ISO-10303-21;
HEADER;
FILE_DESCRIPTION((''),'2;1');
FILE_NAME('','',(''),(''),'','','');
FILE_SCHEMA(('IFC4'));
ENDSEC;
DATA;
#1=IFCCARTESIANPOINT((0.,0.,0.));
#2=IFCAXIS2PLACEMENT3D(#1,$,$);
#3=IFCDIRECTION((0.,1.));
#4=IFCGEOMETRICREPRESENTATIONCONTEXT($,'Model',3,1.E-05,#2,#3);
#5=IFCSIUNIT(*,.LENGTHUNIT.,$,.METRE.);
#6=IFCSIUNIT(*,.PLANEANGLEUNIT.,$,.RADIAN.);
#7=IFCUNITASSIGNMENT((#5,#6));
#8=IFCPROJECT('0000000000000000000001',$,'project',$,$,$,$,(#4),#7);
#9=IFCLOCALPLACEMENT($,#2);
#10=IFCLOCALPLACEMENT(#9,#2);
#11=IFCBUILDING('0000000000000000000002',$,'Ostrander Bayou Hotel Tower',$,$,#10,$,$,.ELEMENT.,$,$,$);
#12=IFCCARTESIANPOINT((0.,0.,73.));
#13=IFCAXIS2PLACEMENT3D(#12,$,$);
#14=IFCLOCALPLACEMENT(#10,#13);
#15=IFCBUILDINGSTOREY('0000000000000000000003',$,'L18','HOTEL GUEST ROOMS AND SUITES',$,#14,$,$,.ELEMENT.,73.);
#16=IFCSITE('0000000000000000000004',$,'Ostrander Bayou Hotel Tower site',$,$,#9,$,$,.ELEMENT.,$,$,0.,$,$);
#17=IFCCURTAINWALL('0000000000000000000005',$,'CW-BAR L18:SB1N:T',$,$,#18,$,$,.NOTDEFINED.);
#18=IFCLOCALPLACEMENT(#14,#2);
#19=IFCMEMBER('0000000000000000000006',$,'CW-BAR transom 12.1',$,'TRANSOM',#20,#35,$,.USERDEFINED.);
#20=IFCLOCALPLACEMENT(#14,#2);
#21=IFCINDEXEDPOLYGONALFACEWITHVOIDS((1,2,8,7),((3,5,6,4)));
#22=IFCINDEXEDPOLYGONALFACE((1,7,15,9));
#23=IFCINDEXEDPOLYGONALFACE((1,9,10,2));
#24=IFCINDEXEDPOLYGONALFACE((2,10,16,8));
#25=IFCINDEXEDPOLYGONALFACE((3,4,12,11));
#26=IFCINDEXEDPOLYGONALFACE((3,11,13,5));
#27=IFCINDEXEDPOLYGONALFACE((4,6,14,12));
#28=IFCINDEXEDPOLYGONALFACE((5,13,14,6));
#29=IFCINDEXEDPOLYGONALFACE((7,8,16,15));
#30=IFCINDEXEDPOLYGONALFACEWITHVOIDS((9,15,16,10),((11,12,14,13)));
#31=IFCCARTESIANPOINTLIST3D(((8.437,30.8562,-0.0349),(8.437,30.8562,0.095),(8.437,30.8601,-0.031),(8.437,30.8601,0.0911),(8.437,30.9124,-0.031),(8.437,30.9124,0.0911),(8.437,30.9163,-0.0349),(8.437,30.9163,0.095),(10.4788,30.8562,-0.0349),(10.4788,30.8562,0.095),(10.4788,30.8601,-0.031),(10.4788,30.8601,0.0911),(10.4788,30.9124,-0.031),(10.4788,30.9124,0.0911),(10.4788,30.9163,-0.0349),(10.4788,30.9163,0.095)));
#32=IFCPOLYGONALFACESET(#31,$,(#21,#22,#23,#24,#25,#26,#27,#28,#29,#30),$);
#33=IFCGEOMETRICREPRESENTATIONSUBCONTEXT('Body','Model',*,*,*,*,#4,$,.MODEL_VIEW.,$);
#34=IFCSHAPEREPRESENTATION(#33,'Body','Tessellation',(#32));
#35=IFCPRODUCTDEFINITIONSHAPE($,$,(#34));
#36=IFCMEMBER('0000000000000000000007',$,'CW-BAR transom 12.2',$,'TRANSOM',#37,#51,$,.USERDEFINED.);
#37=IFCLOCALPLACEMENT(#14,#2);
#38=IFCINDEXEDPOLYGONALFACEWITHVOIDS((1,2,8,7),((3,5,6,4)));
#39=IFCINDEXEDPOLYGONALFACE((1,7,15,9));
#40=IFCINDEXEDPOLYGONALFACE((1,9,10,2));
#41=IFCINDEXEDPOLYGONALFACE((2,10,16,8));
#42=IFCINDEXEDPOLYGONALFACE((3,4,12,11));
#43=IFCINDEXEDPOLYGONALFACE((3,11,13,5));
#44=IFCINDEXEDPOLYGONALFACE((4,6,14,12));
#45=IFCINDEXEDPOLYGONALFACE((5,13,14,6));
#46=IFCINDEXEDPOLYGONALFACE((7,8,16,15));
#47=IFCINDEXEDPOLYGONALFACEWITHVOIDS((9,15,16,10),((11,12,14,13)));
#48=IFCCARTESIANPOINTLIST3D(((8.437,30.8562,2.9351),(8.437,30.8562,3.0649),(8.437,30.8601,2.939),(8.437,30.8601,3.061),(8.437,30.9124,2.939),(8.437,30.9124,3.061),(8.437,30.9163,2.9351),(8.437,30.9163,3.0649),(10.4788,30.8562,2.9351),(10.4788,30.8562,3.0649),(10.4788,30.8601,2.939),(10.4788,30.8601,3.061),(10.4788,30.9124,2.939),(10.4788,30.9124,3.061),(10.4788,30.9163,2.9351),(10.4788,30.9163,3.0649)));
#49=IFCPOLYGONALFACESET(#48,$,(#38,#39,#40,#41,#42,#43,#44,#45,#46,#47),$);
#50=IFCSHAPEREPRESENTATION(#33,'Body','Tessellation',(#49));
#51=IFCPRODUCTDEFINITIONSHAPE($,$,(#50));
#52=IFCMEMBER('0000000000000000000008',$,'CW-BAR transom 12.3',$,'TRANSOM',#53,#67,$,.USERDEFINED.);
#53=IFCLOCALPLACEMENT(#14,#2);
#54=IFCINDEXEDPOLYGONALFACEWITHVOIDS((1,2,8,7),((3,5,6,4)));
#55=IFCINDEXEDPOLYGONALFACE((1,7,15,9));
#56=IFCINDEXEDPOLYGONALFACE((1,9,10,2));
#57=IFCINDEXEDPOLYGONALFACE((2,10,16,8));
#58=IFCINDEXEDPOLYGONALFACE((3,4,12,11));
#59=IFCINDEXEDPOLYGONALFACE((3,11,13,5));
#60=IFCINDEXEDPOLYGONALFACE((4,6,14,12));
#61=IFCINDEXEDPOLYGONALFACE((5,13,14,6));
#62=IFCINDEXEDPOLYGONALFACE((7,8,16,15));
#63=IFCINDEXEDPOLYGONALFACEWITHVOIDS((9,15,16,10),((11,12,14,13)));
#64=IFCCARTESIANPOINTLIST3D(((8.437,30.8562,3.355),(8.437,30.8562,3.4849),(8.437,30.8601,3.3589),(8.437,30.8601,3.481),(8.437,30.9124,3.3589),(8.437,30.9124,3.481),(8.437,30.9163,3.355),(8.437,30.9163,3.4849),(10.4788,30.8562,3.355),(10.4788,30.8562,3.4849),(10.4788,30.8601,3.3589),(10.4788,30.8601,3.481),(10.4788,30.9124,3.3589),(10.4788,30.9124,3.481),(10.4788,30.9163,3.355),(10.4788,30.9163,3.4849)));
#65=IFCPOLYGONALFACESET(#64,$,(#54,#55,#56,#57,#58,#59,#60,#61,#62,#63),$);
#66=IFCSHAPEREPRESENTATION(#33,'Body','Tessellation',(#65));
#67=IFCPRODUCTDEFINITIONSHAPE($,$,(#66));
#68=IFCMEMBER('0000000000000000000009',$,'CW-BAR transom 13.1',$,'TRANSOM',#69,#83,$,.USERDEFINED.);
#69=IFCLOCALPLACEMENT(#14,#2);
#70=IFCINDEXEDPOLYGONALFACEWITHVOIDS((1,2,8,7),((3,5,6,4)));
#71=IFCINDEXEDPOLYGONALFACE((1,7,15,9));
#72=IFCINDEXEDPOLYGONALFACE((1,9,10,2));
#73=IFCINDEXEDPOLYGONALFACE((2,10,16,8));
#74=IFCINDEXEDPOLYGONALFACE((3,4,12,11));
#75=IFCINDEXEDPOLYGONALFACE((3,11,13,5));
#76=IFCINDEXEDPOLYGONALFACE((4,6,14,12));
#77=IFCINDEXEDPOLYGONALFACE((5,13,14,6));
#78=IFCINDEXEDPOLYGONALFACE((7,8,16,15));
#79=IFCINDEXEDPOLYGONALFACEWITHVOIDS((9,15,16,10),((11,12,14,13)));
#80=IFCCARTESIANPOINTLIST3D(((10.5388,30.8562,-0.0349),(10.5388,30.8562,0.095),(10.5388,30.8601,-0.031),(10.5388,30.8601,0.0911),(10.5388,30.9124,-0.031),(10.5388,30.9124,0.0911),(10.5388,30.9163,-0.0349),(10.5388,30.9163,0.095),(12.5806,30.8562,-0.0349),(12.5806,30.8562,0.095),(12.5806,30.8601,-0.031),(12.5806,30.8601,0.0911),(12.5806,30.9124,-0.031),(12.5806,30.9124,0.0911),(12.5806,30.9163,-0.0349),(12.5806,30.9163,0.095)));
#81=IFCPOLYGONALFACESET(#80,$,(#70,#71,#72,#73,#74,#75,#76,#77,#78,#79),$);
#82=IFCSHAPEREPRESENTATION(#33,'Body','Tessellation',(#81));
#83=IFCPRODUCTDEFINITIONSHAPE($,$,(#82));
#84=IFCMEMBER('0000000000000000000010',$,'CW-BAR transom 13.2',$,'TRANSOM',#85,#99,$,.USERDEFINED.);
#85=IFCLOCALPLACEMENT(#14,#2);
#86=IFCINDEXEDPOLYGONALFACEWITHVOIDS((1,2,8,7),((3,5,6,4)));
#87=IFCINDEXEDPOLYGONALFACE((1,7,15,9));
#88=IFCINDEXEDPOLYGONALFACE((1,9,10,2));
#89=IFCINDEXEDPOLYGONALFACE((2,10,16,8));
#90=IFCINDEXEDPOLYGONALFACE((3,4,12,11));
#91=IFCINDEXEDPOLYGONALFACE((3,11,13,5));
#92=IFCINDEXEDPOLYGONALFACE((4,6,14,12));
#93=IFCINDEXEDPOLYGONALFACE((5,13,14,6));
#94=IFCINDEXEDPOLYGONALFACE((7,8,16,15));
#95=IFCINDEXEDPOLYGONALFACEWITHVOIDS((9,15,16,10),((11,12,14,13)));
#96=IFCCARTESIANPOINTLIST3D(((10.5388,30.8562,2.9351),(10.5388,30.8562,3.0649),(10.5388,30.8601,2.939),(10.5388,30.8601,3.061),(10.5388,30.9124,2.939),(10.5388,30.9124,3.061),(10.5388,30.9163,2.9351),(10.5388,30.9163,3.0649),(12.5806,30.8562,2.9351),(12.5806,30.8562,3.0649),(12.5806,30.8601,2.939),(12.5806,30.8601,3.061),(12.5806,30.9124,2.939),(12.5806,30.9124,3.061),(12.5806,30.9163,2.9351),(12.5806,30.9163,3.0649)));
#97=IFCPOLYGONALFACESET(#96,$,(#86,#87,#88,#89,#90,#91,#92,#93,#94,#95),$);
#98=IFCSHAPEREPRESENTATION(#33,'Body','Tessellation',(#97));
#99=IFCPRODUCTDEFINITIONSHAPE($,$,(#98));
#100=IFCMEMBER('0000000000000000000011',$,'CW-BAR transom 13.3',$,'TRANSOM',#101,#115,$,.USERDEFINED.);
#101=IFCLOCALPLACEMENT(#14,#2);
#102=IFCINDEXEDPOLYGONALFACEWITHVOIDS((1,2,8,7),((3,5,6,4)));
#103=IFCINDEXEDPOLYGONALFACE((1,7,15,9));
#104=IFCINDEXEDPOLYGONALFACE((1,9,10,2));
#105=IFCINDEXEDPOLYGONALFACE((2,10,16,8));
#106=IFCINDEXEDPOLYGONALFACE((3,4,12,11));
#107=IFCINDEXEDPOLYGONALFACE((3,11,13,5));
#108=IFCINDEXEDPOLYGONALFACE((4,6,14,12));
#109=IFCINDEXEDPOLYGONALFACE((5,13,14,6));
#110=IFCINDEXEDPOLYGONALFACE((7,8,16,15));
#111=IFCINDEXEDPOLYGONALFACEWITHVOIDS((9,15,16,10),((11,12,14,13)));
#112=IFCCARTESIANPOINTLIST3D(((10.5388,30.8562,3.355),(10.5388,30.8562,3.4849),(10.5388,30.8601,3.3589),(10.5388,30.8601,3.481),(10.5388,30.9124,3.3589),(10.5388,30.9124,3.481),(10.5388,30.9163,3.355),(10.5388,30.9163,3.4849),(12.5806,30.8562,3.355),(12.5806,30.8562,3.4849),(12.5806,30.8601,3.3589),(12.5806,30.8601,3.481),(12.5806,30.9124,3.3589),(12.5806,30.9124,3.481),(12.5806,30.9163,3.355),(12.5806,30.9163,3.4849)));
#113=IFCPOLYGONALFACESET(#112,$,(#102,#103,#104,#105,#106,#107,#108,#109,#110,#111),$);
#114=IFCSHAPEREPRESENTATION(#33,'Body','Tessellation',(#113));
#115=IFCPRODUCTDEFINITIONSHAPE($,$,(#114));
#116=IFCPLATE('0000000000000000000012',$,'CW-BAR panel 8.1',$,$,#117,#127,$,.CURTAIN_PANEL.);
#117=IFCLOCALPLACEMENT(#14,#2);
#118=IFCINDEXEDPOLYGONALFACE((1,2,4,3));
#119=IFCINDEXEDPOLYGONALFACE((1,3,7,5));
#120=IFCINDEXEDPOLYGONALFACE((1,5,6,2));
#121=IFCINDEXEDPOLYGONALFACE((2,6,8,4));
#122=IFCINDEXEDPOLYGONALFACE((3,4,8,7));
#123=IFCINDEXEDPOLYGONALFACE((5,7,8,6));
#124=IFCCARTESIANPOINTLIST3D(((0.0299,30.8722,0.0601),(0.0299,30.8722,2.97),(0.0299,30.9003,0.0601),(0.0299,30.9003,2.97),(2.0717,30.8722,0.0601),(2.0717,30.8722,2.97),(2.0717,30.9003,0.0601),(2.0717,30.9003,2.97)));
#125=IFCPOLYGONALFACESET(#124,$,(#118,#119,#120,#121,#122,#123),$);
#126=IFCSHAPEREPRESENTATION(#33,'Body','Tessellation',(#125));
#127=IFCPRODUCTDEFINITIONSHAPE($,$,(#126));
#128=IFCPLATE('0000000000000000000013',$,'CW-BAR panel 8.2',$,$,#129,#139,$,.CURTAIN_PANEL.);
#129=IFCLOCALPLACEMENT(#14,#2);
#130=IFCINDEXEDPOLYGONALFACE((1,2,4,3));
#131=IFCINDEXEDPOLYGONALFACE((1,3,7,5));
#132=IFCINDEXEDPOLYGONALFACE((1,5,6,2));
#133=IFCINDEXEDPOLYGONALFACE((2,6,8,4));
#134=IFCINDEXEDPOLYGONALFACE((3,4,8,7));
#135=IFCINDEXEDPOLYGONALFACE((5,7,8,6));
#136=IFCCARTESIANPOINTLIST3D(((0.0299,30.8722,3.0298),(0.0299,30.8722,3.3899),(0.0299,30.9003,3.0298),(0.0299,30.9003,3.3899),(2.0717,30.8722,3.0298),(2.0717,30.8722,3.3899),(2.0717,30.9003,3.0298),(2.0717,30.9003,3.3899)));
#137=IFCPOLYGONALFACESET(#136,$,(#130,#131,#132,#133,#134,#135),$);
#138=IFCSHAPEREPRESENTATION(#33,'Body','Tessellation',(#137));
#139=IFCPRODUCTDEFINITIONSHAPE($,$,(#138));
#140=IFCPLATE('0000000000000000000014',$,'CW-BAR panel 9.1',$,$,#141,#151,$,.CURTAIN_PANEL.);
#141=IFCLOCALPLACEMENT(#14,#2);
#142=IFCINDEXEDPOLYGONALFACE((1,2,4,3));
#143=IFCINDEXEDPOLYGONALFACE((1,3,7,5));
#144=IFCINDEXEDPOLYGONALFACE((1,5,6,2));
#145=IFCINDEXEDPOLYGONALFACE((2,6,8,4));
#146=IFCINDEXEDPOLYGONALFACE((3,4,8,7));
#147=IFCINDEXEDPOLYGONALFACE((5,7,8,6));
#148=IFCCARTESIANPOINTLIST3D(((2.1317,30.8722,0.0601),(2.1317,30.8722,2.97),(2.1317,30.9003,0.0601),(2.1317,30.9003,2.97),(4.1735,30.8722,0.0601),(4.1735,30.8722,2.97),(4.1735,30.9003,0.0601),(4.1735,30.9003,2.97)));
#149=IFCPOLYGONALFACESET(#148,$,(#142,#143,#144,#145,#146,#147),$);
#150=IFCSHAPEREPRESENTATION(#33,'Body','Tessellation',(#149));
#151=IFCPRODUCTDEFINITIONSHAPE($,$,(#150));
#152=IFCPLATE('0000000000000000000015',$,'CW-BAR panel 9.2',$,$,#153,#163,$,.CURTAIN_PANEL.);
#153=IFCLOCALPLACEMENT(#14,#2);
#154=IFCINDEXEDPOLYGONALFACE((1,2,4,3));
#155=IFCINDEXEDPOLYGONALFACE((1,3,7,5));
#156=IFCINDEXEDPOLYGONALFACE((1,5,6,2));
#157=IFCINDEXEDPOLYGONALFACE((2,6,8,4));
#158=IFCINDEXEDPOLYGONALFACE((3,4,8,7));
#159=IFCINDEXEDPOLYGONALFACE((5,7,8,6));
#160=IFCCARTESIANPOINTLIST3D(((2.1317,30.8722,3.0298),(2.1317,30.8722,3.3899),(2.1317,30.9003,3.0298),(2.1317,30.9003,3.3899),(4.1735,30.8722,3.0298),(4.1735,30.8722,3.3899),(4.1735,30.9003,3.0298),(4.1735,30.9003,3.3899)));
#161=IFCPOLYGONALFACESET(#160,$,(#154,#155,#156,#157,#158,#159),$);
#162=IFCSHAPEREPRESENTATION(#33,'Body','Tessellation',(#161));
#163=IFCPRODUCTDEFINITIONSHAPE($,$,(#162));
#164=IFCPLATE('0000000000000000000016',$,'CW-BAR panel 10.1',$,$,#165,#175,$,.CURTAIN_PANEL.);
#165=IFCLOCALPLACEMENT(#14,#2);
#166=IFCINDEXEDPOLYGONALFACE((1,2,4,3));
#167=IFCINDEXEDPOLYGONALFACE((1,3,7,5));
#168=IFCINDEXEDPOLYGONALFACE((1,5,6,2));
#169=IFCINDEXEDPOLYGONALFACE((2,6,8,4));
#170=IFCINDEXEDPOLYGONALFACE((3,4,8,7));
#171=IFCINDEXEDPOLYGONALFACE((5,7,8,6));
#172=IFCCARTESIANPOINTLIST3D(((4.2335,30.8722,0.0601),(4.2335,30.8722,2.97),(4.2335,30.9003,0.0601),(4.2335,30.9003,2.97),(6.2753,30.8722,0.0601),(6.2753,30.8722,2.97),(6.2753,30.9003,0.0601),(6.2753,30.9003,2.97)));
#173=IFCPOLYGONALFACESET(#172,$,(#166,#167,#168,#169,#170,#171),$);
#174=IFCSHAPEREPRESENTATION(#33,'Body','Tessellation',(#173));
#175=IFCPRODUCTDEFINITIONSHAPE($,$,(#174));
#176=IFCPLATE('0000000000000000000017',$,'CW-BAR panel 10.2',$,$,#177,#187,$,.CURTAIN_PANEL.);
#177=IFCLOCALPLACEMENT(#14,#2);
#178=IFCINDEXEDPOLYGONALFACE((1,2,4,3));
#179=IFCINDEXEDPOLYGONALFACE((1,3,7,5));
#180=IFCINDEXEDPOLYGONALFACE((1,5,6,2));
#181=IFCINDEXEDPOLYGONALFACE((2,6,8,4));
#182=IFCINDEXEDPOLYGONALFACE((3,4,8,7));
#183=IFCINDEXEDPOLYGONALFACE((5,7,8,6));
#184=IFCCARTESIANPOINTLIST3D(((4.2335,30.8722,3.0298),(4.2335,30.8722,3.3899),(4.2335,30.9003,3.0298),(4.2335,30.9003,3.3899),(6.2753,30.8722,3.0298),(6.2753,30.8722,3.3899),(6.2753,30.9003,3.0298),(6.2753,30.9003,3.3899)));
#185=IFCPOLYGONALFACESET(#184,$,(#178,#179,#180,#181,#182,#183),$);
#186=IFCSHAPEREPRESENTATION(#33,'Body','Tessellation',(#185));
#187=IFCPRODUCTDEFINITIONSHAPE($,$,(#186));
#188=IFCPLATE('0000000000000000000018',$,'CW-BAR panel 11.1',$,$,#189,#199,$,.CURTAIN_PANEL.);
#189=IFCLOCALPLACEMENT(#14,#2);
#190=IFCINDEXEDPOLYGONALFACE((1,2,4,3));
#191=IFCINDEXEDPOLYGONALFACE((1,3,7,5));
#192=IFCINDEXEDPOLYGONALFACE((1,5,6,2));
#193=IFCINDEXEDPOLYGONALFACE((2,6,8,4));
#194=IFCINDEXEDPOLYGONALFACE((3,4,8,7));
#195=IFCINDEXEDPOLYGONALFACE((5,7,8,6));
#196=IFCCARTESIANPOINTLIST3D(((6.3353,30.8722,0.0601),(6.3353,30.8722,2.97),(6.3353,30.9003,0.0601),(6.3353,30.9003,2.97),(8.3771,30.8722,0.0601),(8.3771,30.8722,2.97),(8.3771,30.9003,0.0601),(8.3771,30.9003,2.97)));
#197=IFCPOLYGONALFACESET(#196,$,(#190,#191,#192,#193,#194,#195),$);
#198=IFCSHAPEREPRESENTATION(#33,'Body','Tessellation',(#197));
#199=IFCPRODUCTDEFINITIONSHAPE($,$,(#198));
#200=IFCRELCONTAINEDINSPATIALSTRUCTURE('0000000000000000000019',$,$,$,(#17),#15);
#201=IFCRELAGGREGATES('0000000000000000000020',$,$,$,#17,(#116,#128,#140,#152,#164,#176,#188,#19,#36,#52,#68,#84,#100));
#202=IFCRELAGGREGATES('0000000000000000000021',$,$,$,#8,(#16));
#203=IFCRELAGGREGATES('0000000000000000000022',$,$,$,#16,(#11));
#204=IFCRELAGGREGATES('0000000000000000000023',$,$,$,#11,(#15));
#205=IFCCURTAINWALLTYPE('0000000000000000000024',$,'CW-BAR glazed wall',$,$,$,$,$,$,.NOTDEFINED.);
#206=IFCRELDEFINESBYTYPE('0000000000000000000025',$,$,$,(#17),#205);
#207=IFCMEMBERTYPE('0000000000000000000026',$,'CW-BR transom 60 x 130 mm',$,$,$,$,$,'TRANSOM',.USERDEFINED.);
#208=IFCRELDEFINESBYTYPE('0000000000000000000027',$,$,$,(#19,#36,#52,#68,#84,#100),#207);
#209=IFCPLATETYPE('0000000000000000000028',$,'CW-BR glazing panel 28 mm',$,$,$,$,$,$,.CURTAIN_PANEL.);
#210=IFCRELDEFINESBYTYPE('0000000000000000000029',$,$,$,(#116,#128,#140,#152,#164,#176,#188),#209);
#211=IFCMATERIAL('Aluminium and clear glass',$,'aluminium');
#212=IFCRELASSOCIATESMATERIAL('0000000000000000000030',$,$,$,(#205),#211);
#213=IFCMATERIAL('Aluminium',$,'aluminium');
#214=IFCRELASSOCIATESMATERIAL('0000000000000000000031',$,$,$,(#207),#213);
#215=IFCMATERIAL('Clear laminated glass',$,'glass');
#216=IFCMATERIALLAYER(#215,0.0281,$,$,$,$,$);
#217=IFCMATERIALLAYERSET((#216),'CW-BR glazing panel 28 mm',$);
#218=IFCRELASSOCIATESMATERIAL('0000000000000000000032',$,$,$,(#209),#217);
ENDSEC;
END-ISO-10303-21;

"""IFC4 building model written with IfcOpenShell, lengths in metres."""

from ifc_helpers import new_model, si_unit, direction, frame, origin, origin_2d, place, context, subcontext, project, spatial, rectangle, hollow_rectangle, extrude, material, layer, layer_set, material_profile, profile_set, type_object, element, aggregate, save


model = new_model("IFC4")

# Units and contexts
model_context = context("Model", 3, precision=1e-05, world=origin(), true_north=direction((0.0, 1.0)))
body_context = subcontext(model_context, "Body", "Model", "MODEL_VIEW")
ifc_project = project(units=[si_unit("LENGTHUNIT", "METRE"), si_unit("PLANEANGLEUNIT", "RADIAN")], contexts=[model_context])

# Site, building, storey
site_placement = place(None, origin())
site = spatial("IfcSite", under=ifc_project, at=site_placement, Name="Ostrander Bayou Hotel Tower site", CompositionType="ELEMENT", RefElevation=0.0)
building_placement = place(site_placement, origin())
building = spatial("IfcBuilding", under=site, at=building_placement, Name="Ostrander Bayou Hotel Tower", CompositionType="ELEMENT")
storey_placement = place(building_placement, frame((0.0, 0.0, 73.0)))
storey = spatial("IfcBuildingStorey", under=building, at=storey_placement, Name="L18", Description="HOTEL GUEST ROOMS AND SUITES", CompositionType="ELEMENT", Elevation=73.0)

# Curtain wall, members, plates
ifc_material_1 = material(Name="Aluminium and clear glass", Category="aluminium")
curtain_wall_type = type_object("IfcCurtainWallType", Name="CW-BAR glazed wall", PredefinedType="NOTDEFINED", material=ifc_material_1)
curtain_wall_placement = place(storey_placement, origin())
curtain_wall = element("IfcCurtainWall", 1, at=curtain_wall_placement, inside=storey, type_object=curtain_wall_type, Name="CW-BAR L18:SB1N:T", PredefinedType="NOTDEFINED")
ifc_material_2 = material(Name="Aluminium", Category="aluminium")
ifc_material_profile_1 = material_profile(ifc_material_2, hollow_rectangle(XDim=0.0601, YDim=0.1299, WallThickness=0.0039, at=origin_2d()))
ifc_profile_set_1 = profile_set([ifc_material_profile_1], Name="Aluminium")
member_type_1 = type_object("IfcMemberType", Name="CW-BR transom 60 x 130 mm", ElementType="TRANSOM", PredefinedType="USERDEFINED", material=ifc_profile_set_1)
member_1_placement = place(storey_placement, frame((8.437, 30.8862, 0.03), z_axis=(1.0, 0.0, 0.0), x_axis=(0.0, 1.0, 0.0)))
member_1 = element("IfcMember", 2, at=member_1_placement, type_object=member_type_1, Name="CW-BAR transom 12.1", ObjectType="TRANSOM", PredefinedType="USERDEFINED", context=body_context, shape_type="SweptSolid", body=[
    extrude(hollow_rectangle(XDim=0.0601, YDim=0.1299, WallThickness=0.0039, at=origin_2d()), origin(), (0.0, 0.0, 1.0), 2.0417),
])
member_2_placement = place(storey_placement, frame((8.437, 30.8862, 3.0), z_axis=(1.0, 0.0, 0.0), x_axis=(0.0, 1.0, 0.0)))
member_2 = element("IfcMember", 3, at=member_2_placement, type_object=member_type_1, Name="CW-BAR transom 12.2", ObjectType="TRANSOM", PredefinedType="USERDEFINED", context=body_context, shape_type="SweptSolid", body=[
    extrude(hollow_rectangle(XDim=0.0601, YDim=0.1299, WallThickness=0.0039, at=origin_2d()), origin(), (0.0, 0.0, 1.0), 2.0417),
])
member_3_placement = place(storey_placement, frame((8.437, 30.8862, 3.4199), z_axis=(1.0, 0.0, 0.0), x_axis=(0.0, 1.0, 0.0)))
member_3 = element("IfcMember", 4, at=member_3_placement, type_object=member_type_1, Name="CW-BAR transom 12.3", ObjectType="TRANSOM", PredefinedType="USERDEFINED", context=body_context, shape_type="SweptSolid", body=[
    extrude(hollow_rectangle(XDim=0.0601, YDim=0.1299, WallThickness=0.0039, at=origin_2d()), origin(), (0.0, 0.0, 1.0), 2.0417),
])
member_4_placement = place(storey_placement, frame((10.5388, 30.8862, 0.03), z_axis=(1.0, 0.0, 0.0), x_axis=(0.0, 1.0, 0.0)))
member_4 = element("IfcMember", 5, at=member_4_placement, type_object=member_type_1, Name="CW-BAR transom 13.1", ObjectType="TRANSOM", PredefinedType="USERDEFINED", context=body_context, shape_type="SweptSolid", body=[
    extrude(hollow_rectangle(XDim=0.0601, YDim=0.1299, WallThickness=0.0039, at=origin_2d()), origin(), (0.0, 0.0, 1.0), 2.0417),
])
member_5_placement = place(storey_placement, frame((10.5388, 30.8862, 3.0), z_axis=(1.0, 0.0, 0.0), x_axis=(0.0, 1.0, 0.0)))
member_5 = element("IfcMember", 6, at=member_5_placement, type_object=member_type_1, Name="CW-BAR transom 13.2", ObjectType="TRANSOM", PredefinedType="USERDEFINED", context=body_context, shape_type="SweptSolid", body=[
    extrude(hollow_rectangle(XDim=0.0601, YDim=0.1299, WallThickness=0.0039, at=origin_2d()), origin(), (0.0, 0.0, 1.0), 2.0417),
])
member_6_placement = place(storey_placement, frame((10.5388, 30.8862, 3.4199), z_axis=(1.0, 0.0, 0.0), x_axis=(0.0, 1.0, 0.0)))
member_6 = element("IfcMember", 7, at=member_6_placement, type_object=member_type_1, Name="CW-BAR transom 13.3", ObjectType="TRANSOM", PredefinedType="USERDEFINED", context=body_context, shape_type="SweptSolid", body=[
    extrude(hollow_rectangle(XDim=0.0601, YDim=0.1299, WallThickness=0.0039, at=origin_2d()), origin(), (0.0, 0.0, 1.0), 2.0417),
])
ifc_material_3 = material(Name="Clear laminated glass", Category="glass")
ifc_layer = layer(ifc_material_3, 0.0281)
ifc_layer_set = layer_set([ifc_layer], Name="CW-BR glazing panel 28 mm")
plate_type = type_object("IfcPlateType", Name="CW-BR glazing panel 28 mm", PredefinedType="CURTAIN_PANEL", material=ifc_layer_set)
plate_1_placement = place(storey_placement, frame((1.0508, 30.8862, 0.0601), z_axis=(0.0, 0.0, 1.0), x_axis=(1.0, 0.0, 0.0)))
plate_1 = element("IfcPlate", 8, at=plate_1_placement, type_object=plate_type, Name="CW-BAR panel 8.1", PredefinedType="CURTAIN_PANEL", context=body_context, shape_type="SweptSolid", body=[
    extrude(rectangle(XDim=2.0417, YDim=0.0281, at=origin_2d()), origin(), (0.0, 0.0, 1.0), 2.9099),
])
plate_2_placement = place(storey_placement, frame((1.0508, 30.8862, 3.0298), z_axis=(0.0, 0.0, 1.0), x_axis=(1.0, 0.0, 0.0)))
plate_2 = element("IfcPlate", 9, at=plate_2_placement, type_object=plate_type, Name="CW-BAR panel 8.2", PredefinedType="CURTAIN_PANEL", context=body_context, shape_type="SweptSolid", body=[
    extrude(rectangle(XDim=2.0417, YDim=0.0281, at=origin_2d()), origin(), (0.0, 0.0, 1.0), 0.3601),
])
plate_3_placement = place(storey_placement, frame((3.1526, 30.8862, 0.0601), z_axis=(0.0, 0.0, 1.0), x_axis=(1.0, 0.0, 0.0)))
plate_3 = element("IfcPlate", 10, at=plate_3_placement, type_object=plate_type, Name="CW-BAR panel 9.1", PredefinedType="CURTAIN_PANEL", context=body_context, shape_type="SweptSolid", body=[
    extrude(rectangle(XDim=2.0417, YDim=0.0281, at=origin_2d()), origin(), (0.0, 0.0, 1.0), 2.9099),
])
plate_4_placement = place(storey_placement, frame((3.1526, 30.8862, 3.0298), z_axis=(0.0, 0.0, 1.0), x_axis=(1.0, 0.0, 0.0)))
plate_4 = element("IfcPlate", 11, at=plate_4_placement, type_object=plate_type, Name="CW-BAR panel 9.2", PredefinedType="CURTAIN_PANEL", context=body_context, shape_type="SweptSolid", body=[
    extrude(rectangle(XDim=2.0417, YDim=0.0281, at=origin_2d()), origin(), (0.0, 0.0, 1.0), 0.3601),
])
plate_5_placement = place(storey_placement, frame((5.2544, 30.8862, 0.0601), z_axis=(0.0, 0.0, 1.0), x_axis=(1.0, 0.0, 0.0)))
plate_5 = element("IfcPlate", 12, at=plate_5_placement, type_object=plate_type, Name="CW-BAR panel 10.1", PredefinedType="CURTAIN_PANEL", context=body_context, shape_type="SweptSolid", body=[
    extrude(rectangle(XDim=2.0417, YDim=0.0281, at=origin_2d()), origin(), (0.0, 0.0, 1.0), 2.9099),
])
plate_6_placement = place(storey_placement, frame((5.2544, 30.8862, 3.0298), z_axis=(0.0, 0.0, 1.0), x_axis=(1.0, 0.0, 0.0)))
plate_6 = element("IfcPlate", 13, at=plate_6_placement, type_object=plate_type, Name="CW-BAR panel 10.2", PredefinedType="CURTAIN_PANEL", context=body_context, shape_type="SweptSolid", body=[
    extrude(rectangle(XDim=2.0417, YDim=0.0281, at=origin_2d()), origin(), (0.0, 0.0, 1.0), 0.3601),
])
plate_7_placement = place(storey_placement, frame((7.3562, 30.8862, 0.0601), z_axis=(0.0, 0.0, 1.0), x_axis=(1.0, 0.0, 0.0)))
plate_7 = element("IfcPlate", 14, at=plate_7_placement, type_object=plate_type, Name="CW-BAR panel 11.1", PredefinedType="CURTAIN_PANEL", context=body_context, shape_type="SweptSolid", body=[
    extrude(rectangle(XDim=2.0417, YDim=0.0281, at=origin_2d()), origin(), (0.0, 0.0, 1.0), 2.9099),
])
aggregate(curtain_wall, [plate_1, plate_2, plate_3, plate_4, plate_5, plate_6, plate_7, member_1, member_2, member_3, member_4, member_5, member_6])

save(model, "model.ifc")
